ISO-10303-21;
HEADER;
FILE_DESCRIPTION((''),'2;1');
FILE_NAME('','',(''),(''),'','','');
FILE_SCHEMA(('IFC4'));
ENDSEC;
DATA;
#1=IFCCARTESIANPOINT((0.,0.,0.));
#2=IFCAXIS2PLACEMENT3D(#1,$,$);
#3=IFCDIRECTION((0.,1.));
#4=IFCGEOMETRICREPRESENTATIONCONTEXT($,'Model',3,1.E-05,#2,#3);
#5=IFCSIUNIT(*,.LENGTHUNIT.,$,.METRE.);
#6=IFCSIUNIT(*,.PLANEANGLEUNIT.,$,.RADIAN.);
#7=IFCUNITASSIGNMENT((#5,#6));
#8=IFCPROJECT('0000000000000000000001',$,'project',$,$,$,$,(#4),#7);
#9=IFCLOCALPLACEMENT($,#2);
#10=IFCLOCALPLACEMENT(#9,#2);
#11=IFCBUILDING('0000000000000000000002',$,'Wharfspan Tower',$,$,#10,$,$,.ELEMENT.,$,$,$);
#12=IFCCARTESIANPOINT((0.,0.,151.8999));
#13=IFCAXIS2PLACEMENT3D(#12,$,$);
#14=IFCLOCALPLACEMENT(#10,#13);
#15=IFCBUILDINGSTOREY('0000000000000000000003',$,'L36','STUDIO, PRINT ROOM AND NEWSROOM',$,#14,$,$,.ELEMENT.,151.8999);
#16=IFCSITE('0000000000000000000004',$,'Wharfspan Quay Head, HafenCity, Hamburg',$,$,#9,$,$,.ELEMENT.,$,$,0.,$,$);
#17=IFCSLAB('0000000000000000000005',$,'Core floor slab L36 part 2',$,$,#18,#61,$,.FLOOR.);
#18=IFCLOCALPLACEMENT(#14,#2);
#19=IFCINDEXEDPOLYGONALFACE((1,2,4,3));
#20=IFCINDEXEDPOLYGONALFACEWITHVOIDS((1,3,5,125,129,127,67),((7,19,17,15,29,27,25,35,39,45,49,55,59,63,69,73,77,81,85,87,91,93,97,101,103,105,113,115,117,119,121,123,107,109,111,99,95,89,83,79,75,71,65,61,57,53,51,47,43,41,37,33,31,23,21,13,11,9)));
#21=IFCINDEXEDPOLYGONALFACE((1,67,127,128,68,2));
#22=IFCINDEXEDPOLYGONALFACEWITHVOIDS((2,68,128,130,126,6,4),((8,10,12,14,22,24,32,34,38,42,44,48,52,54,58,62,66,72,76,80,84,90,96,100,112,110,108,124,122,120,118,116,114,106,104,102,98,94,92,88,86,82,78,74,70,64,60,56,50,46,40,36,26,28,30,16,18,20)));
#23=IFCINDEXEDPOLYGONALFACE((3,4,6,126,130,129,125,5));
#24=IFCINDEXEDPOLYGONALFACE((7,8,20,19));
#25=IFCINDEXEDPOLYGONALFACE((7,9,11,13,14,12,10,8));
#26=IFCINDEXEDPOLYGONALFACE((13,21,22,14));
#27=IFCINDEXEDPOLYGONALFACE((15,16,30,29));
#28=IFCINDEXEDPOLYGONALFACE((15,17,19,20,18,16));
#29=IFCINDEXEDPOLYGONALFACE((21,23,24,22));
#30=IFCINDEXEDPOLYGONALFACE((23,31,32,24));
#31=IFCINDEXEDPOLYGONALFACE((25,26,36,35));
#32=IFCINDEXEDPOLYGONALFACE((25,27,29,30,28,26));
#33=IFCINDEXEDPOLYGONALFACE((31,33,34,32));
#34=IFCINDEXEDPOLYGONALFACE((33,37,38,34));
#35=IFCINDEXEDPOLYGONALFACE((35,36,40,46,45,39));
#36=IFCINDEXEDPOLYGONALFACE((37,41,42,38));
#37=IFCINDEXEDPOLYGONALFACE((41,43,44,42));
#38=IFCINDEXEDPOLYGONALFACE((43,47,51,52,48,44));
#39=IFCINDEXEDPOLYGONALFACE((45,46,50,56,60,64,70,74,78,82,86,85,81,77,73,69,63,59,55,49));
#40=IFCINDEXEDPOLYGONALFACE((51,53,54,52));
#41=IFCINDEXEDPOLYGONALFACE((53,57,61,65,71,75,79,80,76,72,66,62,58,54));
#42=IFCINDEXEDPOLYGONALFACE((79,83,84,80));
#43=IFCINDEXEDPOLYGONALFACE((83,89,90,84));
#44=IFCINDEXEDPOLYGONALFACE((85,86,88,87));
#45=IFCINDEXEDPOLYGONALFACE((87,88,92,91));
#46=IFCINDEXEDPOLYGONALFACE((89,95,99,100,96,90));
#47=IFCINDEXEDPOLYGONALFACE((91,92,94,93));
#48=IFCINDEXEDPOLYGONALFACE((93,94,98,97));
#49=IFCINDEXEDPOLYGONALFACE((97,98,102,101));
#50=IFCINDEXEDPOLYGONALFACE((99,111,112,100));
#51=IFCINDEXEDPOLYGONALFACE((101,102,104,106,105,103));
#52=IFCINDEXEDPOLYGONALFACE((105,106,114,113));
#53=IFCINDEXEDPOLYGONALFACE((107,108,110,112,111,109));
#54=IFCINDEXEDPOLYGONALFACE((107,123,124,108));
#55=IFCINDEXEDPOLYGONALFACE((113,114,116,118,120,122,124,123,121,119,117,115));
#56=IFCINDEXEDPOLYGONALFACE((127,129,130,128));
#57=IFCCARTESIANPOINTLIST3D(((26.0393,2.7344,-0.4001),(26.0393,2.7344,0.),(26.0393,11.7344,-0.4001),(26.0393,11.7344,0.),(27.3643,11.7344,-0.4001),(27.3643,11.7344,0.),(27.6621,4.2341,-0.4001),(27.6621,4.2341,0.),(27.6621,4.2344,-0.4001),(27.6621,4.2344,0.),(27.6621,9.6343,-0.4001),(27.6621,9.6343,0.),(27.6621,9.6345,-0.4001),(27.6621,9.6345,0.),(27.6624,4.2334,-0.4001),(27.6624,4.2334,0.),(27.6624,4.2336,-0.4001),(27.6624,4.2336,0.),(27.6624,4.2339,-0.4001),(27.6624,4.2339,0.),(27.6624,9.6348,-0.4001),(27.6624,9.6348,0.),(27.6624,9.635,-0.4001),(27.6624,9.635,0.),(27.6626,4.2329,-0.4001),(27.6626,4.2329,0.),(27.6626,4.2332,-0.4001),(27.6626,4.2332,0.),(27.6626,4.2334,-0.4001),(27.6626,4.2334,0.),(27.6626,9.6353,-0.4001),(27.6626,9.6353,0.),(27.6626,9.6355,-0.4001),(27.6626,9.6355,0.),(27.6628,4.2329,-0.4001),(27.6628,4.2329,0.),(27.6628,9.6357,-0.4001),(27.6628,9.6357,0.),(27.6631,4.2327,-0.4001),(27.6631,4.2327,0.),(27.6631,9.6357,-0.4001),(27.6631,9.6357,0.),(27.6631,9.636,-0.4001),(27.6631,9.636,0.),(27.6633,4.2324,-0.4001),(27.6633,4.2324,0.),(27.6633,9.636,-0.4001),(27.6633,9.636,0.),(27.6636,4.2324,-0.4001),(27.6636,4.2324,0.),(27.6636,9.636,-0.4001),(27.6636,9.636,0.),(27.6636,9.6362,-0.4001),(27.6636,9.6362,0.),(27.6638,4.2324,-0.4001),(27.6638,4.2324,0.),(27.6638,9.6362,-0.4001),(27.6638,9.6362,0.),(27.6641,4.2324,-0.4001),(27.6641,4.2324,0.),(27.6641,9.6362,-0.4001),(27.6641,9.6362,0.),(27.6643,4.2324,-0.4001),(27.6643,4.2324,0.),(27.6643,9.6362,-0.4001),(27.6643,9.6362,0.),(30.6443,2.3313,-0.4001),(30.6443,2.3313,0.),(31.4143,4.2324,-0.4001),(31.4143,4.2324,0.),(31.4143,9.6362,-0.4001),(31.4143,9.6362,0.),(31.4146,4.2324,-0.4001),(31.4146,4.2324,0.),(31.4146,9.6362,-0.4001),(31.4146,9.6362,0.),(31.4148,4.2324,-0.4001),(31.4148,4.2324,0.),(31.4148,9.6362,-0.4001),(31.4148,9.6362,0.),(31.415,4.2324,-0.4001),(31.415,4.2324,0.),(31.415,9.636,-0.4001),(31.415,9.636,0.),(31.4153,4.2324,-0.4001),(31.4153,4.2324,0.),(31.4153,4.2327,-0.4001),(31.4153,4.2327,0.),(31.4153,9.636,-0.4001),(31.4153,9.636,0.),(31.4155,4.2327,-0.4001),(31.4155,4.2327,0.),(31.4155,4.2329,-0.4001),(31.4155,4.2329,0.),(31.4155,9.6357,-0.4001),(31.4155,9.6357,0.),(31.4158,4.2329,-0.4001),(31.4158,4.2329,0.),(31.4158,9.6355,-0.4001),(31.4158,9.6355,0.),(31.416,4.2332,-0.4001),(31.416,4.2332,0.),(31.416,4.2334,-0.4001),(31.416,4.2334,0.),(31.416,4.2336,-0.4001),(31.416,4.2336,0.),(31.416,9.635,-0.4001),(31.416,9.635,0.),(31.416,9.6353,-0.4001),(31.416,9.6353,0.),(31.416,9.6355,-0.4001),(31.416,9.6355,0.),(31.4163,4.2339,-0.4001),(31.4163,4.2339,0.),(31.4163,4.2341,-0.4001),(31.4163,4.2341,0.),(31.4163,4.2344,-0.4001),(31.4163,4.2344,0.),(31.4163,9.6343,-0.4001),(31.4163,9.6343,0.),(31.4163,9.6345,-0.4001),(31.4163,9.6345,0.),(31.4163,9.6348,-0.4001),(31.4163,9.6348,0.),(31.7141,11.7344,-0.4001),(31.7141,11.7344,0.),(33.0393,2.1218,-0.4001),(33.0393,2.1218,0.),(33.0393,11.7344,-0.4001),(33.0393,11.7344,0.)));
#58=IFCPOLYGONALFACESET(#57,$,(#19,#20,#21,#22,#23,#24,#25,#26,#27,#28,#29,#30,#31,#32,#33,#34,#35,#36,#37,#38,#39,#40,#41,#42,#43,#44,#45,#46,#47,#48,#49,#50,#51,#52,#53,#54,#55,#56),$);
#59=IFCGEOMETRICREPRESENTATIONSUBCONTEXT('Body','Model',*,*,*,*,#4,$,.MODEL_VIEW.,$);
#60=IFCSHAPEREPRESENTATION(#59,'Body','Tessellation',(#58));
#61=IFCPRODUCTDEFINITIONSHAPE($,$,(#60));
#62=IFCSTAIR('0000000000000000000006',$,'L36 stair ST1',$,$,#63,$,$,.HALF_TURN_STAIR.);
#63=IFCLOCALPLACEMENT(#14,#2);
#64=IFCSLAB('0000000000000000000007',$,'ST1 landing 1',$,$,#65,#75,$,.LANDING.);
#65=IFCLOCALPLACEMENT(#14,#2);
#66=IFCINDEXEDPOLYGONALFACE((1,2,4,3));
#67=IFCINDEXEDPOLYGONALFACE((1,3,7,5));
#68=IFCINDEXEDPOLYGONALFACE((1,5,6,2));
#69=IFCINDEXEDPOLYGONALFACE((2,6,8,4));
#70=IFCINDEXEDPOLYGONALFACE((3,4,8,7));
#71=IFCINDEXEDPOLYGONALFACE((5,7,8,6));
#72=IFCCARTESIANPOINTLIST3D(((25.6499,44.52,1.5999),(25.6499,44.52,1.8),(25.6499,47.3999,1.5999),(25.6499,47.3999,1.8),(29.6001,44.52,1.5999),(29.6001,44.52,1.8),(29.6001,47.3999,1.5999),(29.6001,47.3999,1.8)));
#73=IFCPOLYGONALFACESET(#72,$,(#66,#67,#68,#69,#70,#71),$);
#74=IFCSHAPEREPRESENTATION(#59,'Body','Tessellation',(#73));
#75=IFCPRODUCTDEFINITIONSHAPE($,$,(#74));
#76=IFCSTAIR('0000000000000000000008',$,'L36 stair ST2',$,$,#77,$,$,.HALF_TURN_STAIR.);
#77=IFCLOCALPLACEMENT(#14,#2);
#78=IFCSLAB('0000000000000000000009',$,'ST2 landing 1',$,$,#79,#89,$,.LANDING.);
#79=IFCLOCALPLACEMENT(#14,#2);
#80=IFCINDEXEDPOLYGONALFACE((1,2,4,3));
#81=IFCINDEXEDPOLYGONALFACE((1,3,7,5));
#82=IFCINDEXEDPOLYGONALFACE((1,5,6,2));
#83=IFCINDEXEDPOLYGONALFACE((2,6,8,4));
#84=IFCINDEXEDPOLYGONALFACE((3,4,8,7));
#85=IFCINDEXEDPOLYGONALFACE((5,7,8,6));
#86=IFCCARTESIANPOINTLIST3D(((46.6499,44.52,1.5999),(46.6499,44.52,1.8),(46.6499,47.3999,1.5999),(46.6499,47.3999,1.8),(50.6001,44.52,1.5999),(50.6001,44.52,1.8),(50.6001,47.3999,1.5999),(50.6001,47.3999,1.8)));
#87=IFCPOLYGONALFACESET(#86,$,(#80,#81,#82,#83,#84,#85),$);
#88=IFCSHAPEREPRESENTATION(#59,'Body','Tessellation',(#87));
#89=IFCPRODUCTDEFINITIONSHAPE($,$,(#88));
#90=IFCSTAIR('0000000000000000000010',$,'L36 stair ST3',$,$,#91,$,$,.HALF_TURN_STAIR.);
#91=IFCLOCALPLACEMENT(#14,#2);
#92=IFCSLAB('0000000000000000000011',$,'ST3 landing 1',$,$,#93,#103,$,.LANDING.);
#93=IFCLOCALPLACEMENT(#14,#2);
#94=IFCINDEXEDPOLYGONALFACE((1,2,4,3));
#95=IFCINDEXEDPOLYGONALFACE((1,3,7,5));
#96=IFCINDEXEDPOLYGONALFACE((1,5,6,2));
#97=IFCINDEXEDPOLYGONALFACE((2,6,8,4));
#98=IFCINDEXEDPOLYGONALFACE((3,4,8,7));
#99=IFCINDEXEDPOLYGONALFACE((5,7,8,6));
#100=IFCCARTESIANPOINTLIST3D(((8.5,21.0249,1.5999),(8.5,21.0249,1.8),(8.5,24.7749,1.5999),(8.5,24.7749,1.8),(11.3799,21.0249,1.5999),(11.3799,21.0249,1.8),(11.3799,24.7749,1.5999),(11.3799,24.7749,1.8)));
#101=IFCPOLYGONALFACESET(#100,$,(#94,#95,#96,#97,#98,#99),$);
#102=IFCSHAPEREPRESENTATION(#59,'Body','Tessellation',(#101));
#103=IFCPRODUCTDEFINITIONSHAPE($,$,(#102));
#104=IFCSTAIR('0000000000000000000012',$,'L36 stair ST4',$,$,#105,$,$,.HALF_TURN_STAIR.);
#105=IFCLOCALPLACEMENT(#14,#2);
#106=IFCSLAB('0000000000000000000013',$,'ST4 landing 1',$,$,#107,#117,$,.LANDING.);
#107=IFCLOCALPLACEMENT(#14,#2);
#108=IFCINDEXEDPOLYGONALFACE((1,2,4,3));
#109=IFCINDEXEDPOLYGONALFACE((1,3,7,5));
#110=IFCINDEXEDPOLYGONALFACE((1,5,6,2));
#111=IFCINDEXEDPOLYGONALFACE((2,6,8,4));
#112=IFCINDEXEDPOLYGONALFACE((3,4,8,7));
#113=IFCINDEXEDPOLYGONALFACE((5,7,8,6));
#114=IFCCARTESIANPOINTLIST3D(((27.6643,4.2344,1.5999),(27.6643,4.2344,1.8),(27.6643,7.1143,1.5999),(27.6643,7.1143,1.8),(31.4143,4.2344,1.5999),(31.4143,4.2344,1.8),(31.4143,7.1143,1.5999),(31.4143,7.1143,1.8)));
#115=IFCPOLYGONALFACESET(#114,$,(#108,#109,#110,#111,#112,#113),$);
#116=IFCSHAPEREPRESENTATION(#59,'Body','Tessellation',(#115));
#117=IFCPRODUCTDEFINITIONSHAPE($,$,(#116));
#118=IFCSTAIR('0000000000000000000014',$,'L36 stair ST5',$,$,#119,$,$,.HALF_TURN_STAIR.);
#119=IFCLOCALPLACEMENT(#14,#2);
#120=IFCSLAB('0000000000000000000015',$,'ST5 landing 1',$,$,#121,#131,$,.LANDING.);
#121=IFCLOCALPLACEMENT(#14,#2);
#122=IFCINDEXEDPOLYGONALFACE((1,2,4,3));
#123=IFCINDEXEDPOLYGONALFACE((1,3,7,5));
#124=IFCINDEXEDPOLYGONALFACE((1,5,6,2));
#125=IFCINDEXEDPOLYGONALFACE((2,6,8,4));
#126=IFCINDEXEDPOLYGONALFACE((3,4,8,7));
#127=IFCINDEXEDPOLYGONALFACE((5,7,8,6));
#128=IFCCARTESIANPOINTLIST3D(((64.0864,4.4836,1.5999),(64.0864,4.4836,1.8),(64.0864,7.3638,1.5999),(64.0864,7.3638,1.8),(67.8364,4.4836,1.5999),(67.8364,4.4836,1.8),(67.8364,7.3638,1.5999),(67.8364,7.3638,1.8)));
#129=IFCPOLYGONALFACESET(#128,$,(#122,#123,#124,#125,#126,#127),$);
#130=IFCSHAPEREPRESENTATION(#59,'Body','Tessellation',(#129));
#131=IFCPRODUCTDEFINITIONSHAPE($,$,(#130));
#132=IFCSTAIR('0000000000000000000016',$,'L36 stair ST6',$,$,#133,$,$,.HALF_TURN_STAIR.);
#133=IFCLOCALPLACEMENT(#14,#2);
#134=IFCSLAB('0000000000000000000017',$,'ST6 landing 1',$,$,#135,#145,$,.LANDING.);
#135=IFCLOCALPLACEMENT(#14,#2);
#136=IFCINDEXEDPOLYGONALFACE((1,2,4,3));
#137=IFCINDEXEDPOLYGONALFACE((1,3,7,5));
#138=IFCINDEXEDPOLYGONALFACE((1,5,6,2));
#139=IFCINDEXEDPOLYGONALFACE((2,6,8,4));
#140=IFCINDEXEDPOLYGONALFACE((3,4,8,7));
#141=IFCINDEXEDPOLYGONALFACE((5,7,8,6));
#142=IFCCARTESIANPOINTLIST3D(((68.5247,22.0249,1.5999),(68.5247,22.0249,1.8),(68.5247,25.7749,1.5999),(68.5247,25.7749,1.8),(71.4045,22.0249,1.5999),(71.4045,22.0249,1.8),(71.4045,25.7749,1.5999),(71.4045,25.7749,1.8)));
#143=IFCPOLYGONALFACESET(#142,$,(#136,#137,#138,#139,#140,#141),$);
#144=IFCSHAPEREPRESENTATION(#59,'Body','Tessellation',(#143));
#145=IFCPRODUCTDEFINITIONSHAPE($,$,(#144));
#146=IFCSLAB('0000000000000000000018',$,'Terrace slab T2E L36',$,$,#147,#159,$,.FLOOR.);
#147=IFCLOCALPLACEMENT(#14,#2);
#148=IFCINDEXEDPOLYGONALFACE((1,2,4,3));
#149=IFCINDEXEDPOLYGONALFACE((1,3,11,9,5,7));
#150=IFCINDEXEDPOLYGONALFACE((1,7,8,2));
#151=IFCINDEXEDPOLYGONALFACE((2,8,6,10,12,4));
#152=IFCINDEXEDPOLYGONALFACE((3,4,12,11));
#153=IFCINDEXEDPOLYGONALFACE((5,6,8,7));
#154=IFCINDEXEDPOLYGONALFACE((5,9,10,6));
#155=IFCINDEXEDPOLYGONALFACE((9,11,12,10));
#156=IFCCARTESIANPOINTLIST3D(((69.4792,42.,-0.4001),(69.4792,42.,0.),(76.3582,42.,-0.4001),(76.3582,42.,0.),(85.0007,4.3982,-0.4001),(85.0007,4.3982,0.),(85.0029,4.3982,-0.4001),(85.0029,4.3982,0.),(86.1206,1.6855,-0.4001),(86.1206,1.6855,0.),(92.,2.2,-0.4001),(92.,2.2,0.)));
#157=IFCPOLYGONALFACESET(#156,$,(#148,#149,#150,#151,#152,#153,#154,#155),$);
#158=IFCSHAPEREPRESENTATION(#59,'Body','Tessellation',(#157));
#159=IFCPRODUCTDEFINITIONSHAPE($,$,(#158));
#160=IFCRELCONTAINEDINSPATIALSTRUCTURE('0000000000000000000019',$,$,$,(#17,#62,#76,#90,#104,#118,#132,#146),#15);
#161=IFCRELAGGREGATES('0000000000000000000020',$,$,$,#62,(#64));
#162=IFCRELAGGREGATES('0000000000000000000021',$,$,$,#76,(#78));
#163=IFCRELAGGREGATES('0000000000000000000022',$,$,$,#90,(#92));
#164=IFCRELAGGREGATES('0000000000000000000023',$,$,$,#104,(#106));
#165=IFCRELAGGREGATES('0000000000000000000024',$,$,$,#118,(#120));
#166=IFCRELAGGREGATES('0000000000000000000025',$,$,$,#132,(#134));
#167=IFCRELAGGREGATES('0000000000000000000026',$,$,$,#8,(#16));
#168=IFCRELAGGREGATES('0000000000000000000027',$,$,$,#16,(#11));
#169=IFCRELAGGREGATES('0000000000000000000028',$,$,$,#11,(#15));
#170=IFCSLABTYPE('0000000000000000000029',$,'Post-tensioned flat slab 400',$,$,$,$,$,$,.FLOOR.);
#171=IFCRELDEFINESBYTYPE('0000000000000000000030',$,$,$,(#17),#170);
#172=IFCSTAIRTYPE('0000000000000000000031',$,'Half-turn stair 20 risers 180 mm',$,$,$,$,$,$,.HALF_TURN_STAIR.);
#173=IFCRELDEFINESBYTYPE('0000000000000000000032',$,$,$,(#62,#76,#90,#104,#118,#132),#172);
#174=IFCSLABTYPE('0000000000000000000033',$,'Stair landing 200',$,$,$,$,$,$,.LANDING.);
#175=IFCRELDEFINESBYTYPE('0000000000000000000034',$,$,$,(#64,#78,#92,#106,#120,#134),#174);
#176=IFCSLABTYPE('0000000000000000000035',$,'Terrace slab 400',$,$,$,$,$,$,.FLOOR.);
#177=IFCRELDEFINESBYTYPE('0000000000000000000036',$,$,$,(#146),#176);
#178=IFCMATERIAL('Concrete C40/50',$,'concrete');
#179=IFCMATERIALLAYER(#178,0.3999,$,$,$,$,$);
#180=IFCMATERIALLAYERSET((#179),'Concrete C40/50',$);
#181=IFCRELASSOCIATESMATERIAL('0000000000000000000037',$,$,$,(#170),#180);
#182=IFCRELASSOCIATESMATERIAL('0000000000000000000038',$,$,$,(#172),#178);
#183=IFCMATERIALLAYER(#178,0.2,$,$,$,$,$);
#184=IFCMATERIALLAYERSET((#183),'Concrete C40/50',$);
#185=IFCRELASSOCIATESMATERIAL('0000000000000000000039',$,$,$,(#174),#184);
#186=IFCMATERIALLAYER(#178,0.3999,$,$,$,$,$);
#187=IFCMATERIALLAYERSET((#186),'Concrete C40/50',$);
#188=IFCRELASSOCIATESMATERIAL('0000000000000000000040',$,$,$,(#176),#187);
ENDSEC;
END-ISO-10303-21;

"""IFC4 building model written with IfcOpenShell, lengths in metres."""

from ifc_helpers import new_model, si_unit, direction, frame, origin, place, context, subcontext, project, spatial, polyline, outline, extrude, material, layer, layer_set, type_object, element, aggregate, save


model = new_model("IFC4")

# Units and contexts
model_context = context("Model", 3, precision=1e-05, world=origin(), true_north=direction((0.0, 1.0)))
body_context = subcontext(model_context, "Body", "Model", "MODEL_VIEW")
ifc_project = project(units=[si_unit("LENGTHUNIT", "METRE"), si_unit("PLANEANGLEUNIT", "RADIAN")], contexts=[model_context])

# Site, building, storey
site_placement = place(None, origin())
site = spatial("IfcSite", under=ifc_project, at=site_placement, Name="Wharfspan Quay Head, HafenCity, Hamburg", CompositionType="ELEMENT", RefElevation=0.0)
building_placement = place(site_placement, origin())
building = spatial("IfcBuilding", under=site, at=building_placement, Name="Wharfspan Tower", CompositionType="ELEMENT")
storey_placement = place(building_placement, frame((0.0, 0.0, 151.8999)))
storey = spatial("IfcBuildingStorey", under=building, at=storey_placement, Name="L36", Description="STUDIO, PRINT ROOM AND NEWSROOM", CompositionType="ELEMENT", Elevation=151.8999)

# Slab
ifc_material_1 = material(Name="Concrete C40/50", Category="concrete")
ifc_layer_1 = layer(ifc_material_1, 0.3999)
ifc_layer_set_1 = layer_set([ifc_layer_1], Name="Concrete C40/50")
slab_type_1 = type_object("IfcSlabType", Name="Post-tensioned flat slab 400", PredefinedType="FLOOR", material=ifc_layer_set_1)
slab_1_placement = place(storey_placement, frame((0.0, 0.0, -0.4001)))
element("IfcSlab", 1, at=slab_1_placement, inside=storey, type_object=slab_type_1, Name="Core floor slab L36 part 2", PredefinedType="FLOOR", context=body_context, shape_type="SweptSolid", body=[
    extrude(outline(polyline([(31.7141, 11.7344), (27.3643, 11.7344), (26.0393, 11.7344), (26.0393, 2.7344), (30.6443, 2.3313), (33.0393, 2.1218), (33.0393, 11.7344), (31.7141, 11.7344)]), holes=[polyline([(27.6621, 9.6343), (27.6621, 9.6345), (27.6624, 9.6348), (27.6624, 9.635), (27.6624, 9.635), (27.6626, 9.6353), (27.6626, 9.6355), (27.6626, 9.6355), (27.6628, 9.6357), (27.6631, 9.6357), (27.6631, 9.636), (27.6633, 9.636), (27.6636, 9.636), (27.6636, 9.6362), (27.6638, 9.6362), (27.6641, 9.6362), (27.6643, 9.6362), (31.4143, 9.6362), (31.4143, 9.6362), (31.4146, 9.6362), (31.4148, 9.6362), (31.415, 9.636), (31.4153, 9.636), (31.4153, 9.636), (31.4155, 9.6357), (31.4155, 9.6357), (31.4158, 9.6355), (31.416, 9.6355), (31.416, 9.6353), (31.416, 9.635), (31.416, 9.635), (31.4163, 9.6348), (31.4163, 9.6345), (31.4163, 9.6343), (31.4163, 4.2344), (31.4163, 4.2341), (31.4163, 4.2339), (31.416, 4.2336), (31.416, 4.2334), (31.416, 4.2334), (31.416, 4.2332), (31.4158, 4.2329), (31.4155, 4.2329), (31.4155, 4.2327), (31.4153, 4.2327), (31.4153, 4.2324), (31.415, 4.2324), (31.4148, 4.2324), (31.4146, 4.2324), (31.4143, 4.2324), (31.4143, 4.2324), (27.6643, 4.2324), (27.6641, 4.2324), (27.6638, 4.2324), (27.6636, 4.2324), (27.6636, 4.2324), (27.6633, 4.2324), (27.6631, 4.2327), (27.6631, 4.2327), (27.6628, 4.2329), (27.6626, 4.2329), (27.6626, 4.2332), (27.6626, 4.2334), (27.6624, 4.2334), (27.6624, 4.2336), (27.6624, 4.2339), (27.6621, 4.2341), (27.6621, 4.2344), (27.6621, 9.6343)])]), origin(), (0.0, 0.0, 1.0), 0.4001),
])

# Stairs, slabs
stair_type = type_object("IfcStairType", Name="Half-turn stair 20 risers 180 mm", PredefinedType="HALF_TURN_STAIR", material=ifc_material_1)
stair_1_placement = place(storey_placement, origin())
stair_1 = element("IfcStair", 2, at=stair_1_placement, inside=storey, type_object=stair_type, Name="L36 stair ST1", PredefinedType="HALF_TURN_STAIR")
ifc_layer_2 = layer(ifc_material_1, 0.2)
ifc_layer_set_2 = layer_set([ifc_layer_2], Name="Concrete C40/50")
slab_type_2 = type_object("IfcSlabType", Name="Stair landing 200", PredefinedType="LANDING", material=ifc_layer_set_2)
slab_2_placement = place(storey_placement, frame((0.0, 0.0, 1.5999)))
slab_2 = element("IfcSlab", 3, at=slab_2_placement, type_object=slab_type_2, Name="ST1 landing 1", PredefinedType="LANDING", context=body_context, shape_type="SweptSolid", body=[
    extrude(outline(polyline([(25.6499, 44.52), (29.6001, 44.52), (29.6001, 47.3999), (25.6499, 47.3999), (25.6499, 44.52)])), origin(), (0.0, 0.0, 1.0), 0.2002),
])
aggregate(stair_1, [slab_2])
stair_2_placement = place(storey_placement, origin())
stair_2 = element("IfcStair", 4, at=stair_2_placement, inside=storey, type_object=stair_type, Name="L36 stair ST2", PredefinedType="HALF_TURN_STAIR")
slab_3_placement = place(storey_placement, frame((0.0, 0.0, 1.5999)))
slab_3 = element("IfcSlab", 5, at=slab_3_placement, type_object=slab_type_2, Name="ST2 landing 1", PredefinedType="LANDING", context=body_context, shape_type="SweptSolid", body=[
    extrude(outline(polyline([(46.6499, 44.52), (50.6001, 44.52), (50.6001, 47.3999), (46.6499, 47.3999), (46.6499, 44.52)])), origin(), (0.0, 0.0, 1.0), 0.2002),
])
aggregate(stair_2, [slab_3])
stair_3_placement = place(storey_placement, origin())
stair_3 = element("IfcStair", 6, at=stair_3_placement, inside=storey, type_object=stair_type, Name="L36 stair ST3", PredefinedType="HALF_TURN_STAIR")
slab_4_placement = place(storey_placement, frame((0.0, 0.0, 1.5999)))
slab_4 = element("IfcSlab", 7, at=slab_4_placement, type_object=slab_type_2, Name="ST3 landing 1", PredefinedType="LANDING", context=body_context, shape_type="SweptSolid", body=[
    extrude(outline(polyline([(11.3799, 24.7749), (8.5, 24.7749), (8.5, 21.0249), (11.3799, 21.0249), (11.3799, 24.7749)])), origin(), (0.0, 0.0, 1.0), 0.2002),
])
aggregate(stair_3, [slab_4])
stair_4_placement = place(storey_placement, origin())
stair_4 = element("IfcStair", 8, at=stair_4_placement, inside=storey, type_object=stair_type, Name="L36 stair ST4", PredefinedType="HALF_TURN_STAIR")
slab_5_placement = place(storey_placement, frame((0.0, 0.0, 1.5999)))
slab_5 = element("IfcSlab", 9, at=slab_5_placement, type_object=slab_type_2, Name="ST4 landing 1", PredefinedType="LANDING", context=body_context, shape_type="SweptSolid", body=[
    extrude(outline(polyline([(27.6643, 7.1143), (27.6643, 4.2344), (31.4143, 4.2344), (31.4143, 7.1143), (27.6643, 7.1143)])), origin(), (0.0, 0.0, 1.0), 0.2002),
])
aggregate(stair_4, [slab_5])
stair_5_placement = place(storey_placement, origin())
stair_5 = element("IfcStair", 10, at=stair_5_placement, inside=storey, type_object=stair_type, Name="L36 stair ST5", PredefinedType="HALF_TURN_STAIR")
slab_6_placement = place(storey_placement, frame((0.0, 0.0, 1.5999)))
slab_6 = element("IfcSlab", 11, at=slab_6_placement, type_object=slab_type_2, Name="ST5 landing 1", PredefinedType="LANDING", context=body_context, shape_type="SweptSolid", body=[
    extrude(outline(polyline([(64.0864, 7.3638), (64.0864, 4.4836), (67.8364, 4.4836), (67.8364, 7.3638), (64.0864, 7.3638)])), origin(), (0.0, 0.0, 1.0), 0.2002),
])
aggregate(stair_5, [slab_6])
stair_6_placement = place(storey_placement, origin())
stair_6 = element("IfcStair", 12, at=stair_6_placement, inside=storey, type_object=stair_type, Name="L36 stair ST6", PredefinedType="HALF_TURN_STAIR")
slab_7_placement = place(storey_placement, frame((0.0, 0.0, 1.5999)))
slab_7 = element("IfcSlab", 13, at=slab_7_placement, type_object=slab_type_2, Name="ST6 landing 1", PredefinedType="LANDING", context=body_context, shape_type="SweptSolid", body=[
    extrude(outline(polyline([(68.5247, 22.0249), (71.4045, 22.0249), (71.4045, 25.7749), (68.5247, 25.7749), (68.5247, 22.0249)])), origin(), (0.0, 0.0, 1.0), 0.2002),
])
aggregate(stair_6, [slab_7])

# Slab
ifc_layer_3 = layer(ifc_material_1, 0.3999)
ifc_layer_set_3 = layer_set([ifc_layer_3], Name="Concrete C40/50")
slab_type_3 = type_object("IfcSlabType", Name="Terrace slab 400", PredefinedType="FLOOR", material=ifc_layer_set_3)
slab_8_placement = place(storey_placement, frame((0.0, 0.0, -0.4001)))
element("IfcSlab", 14, at=slab_8_placement, inside=storey, type_object=slab_type_3, Name="Terrace slab T2E L36", PredefinedType="FLOOR", context=body_context, shape_type="SweptSolid", body=[
    extrude(outline(polyline([(92.0, 2.2), (76.3582, 42.0), (69.4792, 42.0), (85.0029, 4.3982), (85.0007, 4.3982), (86.1206, 1.6855), (92.0, 2.2)])), origin(), (0.0, 0.0, 1.0), 0.4001),
])

save(model, "model.ifc")
